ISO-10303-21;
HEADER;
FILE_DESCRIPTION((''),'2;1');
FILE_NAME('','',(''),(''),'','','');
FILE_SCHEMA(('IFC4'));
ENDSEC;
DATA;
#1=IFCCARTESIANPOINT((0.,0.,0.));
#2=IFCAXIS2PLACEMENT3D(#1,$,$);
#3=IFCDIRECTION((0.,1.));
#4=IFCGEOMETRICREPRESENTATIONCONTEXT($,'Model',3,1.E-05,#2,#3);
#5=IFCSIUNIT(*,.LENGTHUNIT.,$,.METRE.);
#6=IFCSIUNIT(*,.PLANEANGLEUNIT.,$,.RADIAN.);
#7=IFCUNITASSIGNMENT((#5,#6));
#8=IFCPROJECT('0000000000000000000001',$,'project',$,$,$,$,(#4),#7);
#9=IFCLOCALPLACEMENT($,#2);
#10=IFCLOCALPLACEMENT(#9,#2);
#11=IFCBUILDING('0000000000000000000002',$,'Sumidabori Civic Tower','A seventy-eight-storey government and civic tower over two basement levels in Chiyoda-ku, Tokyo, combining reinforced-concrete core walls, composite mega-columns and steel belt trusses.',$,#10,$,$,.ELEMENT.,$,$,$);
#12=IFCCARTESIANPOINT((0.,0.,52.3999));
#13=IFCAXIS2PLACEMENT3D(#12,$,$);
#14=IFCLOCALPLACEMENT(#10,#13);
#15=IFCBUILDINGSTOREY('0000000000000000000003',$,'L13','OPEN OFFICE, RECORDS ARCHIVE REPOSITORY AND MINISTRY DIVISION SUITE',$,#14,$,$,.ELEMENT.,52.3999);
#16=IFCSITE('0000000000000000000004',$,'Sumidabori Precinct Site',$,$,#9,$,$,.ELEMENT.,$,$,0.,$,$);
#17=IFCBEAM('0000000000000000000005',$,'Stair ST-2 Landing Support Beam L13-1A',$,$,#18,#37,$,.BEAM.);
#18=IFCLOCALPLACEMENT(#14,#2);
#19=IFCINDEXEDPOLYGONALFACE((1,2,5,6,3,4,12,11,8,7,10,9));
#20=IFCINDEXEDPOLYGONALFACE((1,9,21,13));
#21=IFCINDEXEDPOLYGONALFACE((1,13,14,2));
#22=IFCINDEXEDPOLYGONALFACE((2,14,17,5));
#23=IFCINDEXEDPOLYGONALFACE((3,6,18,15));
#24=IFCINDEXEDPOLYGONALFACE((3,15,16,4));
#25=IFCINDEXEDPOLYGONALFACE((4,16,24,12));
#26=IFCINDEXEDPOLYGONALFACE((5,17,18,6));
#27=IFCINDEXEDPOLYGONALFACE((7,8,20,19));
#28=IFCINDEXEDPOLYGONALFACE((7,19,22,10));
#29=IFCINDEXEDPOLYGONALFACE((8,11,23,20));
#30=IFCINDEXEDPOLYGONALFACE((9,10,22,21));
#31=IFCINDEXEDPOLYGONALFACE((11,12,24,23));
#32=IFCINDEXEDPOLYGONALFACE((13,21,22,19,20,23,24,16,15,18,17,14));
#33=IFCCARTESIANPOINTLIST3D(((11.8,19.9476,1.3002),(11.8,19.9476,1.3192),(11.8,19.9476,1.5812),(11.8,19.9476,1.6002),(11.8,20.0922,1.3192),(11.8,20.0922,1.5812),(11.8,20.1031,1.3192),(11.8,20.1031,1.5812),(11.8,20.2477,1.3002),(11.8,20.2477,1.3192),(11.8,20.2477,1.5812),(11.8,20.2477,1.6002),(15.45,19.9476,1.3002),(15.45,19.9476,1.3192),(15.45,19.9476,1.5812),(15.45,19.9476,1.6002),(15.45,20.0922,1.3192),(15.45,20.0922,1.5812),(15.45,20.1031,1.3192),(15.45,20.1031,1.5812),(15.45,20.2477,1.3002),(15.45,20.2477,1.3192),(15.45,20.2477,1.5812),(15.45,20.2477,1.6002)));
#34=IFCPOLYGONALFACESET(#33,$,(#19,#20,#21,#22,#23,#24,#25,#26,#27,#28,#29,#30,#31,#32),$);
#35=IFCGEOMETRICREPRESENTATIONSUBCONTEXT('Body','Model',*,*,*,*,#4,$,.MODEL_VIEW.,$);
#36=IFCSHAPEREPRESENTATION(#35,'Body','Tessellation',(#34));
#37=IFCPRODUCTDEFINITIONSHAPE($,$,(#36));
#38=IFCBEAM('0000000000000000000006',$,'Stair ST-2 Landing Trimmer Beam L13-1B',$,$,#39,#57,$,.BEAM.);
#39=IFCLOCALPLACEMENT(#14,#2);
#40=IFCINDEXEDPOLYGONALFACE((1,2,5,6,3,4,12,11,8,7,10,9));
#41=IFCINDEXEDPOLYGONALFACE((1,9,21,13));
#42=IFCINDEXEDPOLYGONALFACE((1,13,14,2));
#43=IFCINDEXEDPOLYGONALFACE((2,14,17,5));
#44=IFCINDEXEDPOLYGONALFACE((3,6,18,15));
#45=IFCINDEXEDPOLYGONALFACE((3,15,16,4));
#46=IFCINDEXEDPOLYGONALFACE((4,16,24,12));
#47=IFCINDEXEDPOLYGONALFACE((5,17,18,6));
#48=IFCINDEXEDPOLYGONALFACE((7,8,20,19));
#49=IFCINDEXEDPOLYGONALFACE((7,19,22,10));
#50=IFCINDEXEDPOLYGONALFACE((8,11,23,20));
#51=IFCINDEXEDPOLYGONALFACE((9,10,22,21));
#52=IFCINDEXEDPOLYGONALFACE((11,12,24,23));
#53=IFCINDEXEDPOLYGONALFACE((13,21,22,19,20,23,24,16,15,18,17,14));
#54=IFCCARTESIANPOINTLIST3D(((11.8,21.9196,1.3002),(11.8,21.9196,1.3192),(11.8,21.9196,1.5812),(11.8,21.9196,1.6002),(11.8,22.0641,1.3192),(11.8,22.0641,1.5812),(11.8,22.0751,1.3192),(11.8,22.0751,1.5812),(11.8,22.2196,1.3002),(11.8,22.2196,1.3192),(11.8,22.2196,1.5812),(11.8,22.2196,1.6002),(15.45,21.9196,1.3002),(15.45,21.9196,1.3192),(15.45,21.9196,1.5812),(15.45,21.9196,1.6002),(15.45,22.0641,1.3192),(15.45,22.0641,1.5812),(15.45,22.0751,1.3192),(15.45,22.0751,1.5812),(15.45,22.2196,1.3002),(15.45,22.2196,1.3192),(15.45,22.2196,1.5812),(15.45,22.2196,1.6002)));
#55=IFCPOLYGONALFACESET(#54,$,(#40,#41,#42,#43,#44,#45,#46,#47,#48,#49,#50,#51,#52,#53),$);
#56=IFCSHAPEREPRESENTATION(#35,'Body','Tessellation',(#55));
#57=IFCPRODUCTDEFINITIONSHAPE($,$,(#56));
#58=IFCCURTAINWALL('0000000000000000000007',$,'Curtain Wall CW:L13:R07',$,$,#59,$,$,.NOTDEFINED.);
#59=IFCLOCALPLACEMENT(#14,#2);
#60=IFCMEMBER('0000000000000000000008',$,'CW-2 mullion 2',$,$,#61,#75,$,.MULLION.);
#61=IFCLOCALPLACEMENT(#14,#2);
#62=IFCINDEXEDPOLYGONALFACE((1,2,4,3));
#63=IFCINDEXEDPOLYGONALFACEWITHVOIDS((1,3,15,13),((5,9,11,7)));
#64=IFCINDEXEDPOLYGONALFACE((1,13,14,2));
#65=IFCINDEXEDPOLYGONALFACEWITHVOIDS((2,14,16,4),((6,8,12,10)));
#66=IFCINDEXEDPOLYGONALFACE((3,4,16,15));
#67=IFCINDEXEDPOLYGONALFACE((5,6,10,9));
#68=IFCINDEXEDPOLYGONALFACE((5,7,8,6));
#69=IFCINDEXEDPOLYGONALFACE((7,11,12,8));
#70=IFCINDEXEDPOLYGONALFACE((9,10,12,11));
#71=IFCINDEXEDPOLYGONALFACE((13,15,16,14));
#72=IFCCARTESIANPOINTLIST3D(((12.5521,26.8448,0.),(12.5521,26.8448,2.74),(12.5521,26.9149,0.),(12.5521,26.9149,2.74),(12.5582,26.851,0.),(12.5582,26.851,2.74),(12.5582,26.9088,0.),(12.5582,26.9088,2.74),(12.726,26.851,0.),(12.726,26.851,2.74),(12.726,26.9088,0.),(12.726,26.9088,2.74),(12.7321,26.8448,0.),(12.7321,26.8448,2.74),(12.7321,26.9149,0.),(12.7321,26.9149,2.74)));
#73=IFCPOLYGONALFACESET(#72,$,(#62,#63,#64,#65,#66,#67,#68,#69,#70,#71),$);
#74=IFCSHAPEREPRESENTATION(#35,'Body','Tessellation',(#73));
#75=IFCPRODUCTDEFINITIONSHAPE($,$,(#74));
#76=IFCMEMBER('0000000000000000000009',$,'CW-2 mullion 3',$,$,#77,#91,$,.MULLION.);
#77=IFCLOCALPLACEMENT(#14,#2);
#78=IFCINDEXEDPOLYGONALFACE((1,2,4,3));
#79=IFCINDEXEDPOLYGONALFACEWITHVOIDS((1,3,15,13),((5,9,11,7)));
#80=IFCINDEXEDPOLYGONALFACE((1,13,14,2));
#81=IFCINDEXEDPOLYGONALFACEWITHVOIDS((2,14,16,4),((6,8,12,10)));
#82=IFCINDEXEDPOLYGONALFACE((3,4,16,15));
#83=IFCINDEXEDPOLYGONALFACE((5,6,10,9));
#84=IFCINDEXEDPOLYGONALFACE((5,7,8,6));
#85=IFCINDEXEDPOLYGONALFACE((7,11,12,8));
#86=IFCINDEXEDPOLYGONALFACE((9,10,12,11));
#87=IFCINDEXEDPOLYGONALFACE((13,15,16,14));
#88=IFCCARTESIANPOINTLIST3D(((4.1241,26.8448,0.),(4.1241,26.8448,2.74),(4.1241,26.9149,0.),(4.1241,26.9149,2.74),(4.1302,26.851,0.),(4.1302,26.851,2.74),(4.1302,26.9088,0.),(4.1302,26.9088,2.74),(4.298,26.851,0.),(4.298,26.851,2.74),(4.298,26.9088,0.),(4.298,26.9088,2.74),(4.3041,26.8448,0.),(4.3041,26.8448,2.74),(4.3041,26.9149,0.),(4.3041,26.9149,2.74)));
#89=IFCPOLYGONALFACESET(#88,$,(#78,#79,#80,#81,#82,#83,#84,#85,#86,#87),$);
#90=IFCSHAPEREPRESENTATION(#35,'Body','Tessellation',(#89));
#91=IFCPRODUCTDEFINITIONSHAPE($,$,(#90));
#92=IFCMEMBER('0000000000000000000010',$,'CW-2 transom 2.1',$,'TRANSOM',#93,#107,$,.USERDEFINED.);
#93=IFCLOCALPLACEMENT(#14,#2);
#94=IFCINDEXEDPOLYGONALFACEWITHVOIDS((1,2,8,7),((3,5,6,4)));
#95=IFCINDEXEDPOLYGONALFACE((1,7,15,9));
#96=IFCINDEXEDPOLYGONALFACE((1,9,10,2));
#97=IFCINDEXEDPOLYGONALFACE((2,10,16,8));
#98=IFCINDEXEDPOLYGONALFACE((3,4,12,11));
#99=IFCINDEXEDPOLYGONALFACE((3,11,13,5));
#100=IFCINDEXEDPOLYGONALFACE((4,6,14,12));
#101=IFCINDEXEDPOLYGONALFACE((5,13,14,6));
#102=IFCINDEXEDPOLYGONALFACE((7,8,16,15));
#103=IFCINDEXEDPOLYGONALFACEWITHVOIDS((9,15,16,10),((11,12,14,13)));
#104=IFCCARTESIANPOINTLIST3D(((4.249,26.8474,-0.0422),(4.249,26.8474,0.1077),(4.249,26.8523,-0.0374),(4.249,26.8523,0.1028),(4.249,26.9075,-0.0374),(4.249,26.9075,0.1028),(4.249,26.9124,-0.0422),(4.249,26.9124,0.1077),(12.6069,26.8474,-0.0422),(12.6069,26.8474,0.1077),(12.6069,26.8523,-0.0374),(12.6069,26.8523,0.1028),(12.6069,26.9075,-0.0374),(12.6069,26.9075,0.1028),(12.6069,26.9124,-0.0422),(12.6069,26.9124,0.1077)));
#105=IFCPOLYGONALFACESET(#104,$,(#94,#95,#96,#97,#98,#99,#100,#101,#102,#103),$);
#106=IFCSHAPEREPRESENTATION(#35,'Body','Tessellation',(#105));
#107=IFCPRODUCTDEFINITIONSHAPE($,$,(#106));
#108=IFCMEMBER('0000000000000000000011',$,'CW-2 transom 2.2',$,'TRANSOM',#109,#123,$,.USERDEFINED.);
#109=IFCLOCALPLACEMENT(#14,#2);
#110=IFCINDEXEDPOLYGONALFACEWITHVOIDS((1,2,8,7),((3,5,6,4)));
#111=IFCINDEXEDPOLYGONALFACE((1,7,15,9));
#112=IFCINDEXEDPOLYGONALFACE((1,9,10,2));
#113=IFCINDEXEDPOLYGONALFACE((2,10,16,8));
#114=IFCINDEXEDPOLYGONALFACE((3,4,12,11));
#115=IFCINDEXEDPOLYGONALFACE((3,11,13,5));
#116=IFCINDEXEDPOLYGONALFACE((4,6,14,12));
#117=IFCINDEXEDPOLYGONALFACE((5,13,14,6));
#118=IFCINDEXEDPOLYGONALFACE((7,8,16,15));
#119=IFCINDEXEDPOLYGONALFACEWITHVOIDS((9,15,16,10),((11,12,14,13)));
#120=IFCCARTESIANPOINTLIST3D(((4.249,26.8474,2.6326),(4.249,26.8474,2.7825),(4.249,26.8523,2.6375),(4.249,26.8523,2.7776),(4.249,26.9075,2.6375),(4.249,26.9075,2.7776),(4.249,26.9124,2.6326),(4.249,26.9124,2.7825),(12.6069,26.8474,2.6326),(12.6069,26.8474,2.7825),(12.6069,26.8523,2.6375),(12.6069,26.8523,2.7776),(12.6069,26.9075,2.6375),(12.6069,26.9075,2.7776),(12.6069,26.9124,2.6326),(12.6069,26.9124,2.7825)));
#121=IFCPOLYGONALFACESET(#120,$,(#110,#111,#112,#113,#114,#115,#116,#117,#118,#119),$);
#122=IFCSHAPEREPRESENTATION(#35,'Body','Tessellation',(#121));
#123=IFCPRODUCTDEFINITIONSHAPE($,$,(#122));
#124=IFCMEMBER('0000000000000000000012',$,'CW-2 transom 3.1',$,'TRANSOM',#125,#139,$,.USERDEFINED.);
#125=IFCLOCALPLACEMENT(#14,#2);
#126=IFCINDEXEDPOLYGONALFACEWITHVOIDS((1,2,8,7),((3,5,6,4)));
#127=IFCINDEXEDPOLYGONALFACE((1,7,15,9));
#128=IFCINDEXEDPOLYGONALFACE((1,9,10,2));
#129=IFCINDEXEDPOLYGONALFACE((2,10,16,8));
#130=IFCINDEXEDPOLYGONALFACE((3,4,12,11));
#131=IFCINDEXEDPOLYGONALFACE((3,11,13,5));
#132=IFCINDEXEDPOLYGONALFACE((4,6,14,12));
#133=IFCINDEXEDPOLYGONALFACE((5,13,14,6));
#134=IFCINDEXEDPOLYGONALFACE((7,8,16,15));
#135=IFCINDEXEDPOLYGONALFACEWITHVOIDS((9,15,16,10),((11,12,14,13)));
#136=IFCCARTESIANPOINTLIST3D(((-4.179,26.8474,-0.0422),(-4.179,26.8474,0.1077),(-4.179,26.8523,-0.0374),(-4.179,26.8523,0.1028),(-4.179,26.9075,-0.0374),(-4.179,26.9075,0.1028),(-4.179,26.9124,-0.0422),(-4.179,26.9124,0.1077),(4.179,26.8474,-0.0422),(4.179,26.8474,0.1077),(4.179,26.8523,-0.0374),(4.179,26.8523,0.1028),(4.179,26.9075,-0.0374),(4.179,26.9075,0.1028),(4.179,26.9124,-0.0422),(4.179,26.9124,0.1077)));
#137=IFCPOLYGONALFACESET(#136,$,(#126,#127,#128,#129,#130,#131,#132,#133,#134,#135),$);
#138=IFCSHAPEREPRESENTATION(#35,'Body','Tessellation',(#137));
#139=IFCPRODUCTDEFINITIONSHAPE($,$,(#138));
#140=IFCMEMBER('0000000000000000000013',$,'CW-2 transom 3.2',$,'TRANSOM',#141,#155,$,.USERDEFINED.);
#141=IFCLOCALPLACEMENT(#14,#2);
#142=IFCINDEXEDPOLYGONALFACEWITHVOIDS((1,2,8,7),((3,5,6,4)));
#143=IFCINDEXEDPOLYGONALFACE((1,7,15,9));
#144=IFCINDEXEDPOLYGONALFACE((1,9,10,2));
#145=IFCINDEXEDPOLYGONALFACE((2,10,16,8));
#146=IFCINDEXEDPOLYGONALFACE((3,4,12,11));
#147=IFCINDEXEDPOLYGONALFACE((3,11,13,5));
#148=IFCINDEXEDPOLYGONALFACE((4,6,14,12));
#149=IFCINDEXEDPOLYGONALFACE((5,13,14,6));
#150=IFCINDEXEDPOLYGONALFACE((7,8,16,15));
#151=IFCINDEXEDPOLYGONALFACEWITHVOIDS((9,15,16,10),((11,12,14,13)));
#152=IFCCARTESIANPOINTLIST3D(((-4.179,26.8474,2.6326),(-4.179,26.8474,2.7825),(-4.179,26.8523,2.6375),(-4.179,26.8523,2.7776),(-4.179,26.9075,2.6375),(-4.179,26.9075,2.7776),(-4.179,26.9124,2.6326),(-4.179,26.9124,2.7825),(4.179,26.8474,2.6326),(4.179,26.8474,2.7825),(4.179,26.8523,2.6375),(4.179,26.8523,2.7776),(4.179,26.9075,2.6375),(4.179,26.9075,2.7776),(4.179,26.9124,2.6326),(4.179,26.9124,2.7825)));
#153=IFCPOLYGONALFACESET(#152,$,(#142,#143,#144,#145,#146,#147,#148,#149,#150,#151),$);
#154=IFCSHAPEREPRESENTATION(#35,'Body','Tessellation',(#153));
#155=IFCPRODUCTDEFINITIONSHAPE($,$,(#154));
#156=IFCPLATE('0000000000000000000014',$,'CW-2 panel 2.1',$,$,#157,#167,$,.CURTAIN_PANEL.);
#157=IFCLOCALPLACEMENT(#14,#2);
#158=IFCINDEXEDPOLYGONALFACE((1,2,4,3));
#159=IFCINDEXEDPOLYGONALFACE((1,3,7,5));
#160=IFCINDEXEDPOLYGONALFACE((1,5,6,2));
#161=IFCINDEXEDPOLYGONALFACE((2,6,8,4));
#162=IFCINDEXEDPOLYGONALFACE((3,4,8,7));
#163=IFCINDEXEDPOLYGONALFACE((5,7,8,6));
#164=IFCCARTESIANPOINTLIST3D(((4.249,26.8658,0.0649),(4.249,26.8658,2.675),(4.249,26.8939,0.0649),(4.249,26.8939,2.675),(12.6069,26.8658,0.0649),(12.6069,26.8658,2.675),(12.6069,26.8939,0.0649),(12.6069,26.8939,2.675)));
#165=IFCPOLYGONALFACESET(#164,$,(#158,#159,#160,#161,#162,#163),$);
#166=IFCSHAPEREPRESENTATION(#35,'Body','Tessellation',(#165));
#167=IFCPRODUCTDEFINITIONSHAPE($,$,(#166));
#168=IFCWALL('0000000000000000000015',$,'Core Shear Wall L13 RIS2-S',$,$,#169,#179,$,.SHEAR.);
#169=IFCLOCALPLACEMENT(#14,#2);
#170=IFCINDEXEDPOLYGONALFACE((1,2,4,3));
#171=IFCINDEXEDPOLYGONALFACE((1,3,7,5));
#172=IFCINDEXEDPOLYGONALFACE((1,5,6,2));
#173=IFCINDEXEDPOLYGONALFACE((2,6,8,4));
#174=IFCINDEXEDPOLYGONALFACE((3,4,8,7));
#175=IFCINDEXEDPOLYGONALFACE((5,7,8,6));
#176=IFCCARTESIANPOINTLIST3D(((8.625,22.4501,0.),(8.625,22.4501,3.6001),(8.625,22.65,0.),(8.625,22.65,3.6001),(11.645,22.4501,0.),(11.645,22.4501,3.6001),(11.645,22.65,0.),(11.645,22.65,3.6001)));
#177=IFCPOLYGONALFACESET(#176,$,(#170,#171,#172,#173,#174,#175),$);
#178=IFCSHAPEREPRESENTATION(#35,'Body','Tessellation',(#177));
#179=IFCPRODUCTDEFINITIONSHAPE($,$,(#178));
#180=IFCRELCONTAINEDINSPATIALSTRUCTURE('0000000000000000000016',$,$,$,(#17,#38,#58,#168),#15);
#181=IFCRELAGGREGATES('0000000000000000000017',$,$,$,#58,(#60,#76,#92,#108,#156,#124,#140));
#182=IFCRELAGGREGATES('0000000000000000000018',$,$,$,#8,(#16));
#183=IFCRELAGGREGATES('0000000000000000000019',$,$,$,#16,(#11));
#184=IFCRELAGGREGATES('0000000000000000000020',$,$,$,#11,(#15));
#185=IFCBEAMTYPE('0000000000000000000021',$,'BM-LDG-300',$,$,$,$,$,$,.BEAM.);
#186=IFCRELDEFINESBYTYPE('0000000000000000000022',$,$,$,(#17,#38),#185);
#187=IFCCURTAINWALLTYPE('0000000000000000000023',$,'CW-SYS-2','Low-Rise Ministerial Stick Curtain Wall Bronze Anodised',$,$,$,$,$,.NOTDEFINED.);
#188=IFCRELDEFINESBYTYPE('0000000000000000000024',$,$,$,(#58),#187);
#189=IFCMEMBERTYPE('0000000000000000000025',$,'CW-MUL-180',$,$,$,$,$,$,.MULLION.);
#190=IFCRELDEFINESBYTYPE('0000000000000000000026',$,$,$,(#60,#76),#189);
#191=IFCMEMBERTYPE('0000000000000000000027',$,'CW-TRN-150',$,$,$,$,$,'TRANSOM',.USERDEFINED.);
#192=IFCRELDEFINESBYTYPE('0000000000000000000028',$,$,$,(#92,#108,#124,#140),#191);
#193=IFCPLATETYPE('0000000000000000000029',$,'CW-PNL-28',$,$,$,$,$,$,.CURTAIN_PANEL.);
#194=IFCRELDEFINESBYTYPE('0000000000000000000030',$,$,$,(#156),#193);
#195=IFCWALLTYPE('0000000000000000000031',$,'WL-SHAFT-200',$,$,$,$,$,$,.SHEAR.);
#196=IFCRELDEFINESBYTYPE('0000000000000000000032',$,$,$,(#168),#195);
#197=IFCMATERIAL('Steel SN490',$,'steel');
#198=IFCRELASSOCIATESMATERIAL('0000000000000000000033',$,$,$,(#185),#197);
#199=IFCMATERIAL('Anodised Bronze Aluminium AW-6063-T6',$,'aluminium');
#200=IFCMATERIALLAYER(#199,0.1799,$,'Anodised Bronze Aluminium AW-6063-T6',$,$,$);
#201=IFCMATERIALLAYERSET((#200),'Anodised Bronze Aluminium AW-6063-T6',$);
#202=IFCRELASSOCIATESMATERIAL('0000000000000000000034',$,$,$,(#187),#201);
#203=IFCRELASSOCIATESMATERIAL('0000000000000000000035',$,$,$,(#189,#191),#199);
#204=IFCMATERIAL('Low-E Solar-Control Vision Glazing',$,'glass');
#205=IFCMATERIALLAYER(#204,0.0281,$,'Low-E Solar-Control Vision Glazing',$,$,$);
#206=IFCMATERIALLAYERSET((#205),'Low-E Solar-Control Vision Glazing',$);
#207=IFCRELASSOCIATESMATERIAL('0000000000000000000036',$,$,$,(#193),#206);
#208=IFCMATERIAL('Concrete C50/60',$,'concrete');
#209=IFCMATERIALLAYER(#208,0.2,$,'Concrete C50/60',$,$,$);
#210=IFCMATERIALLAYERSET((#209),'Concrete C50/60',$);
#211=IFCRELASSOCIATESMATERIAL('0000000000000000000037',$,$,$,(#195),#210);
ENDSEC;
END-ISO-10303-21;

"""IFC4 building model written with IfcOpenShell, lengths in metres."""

from ifc_helpers import new_model, si_unit, direction, frame, frame_2d, origin, origin_2d, place, context, subcontext, project, spatial, rectangle, hollow_rectangle, i_section, extrude, source, transform, mapped, material, layer, layer_set, material_profile, profile_set, type_object, element, aggregate, save


model = new_model("IFC4")

# Units and contexts
model_context = context("Model", 3, precision=1e-05, world=origin(), true_north=direction((0.0, 1.0)))
body_context = subcontext(model_context, "Body", "Model", "MODEL_VIEW")
ifc_project = project(units=[si_unit("LENGTHUNIT", "METRE"), si_unit("PLANEANGLEUNIT", "RADIAN")], contexts=[model_context])

# Site, building, storey
site_placement = place(None, origin())
site = spatial("IfcSite", under=ifc_project, at=site_placement, Name="Sumidabori Precinct Site", CompositionType="ELEMENT", RefElevation=0.0)
building_placement = place(site_placement, origin())
building = spatial("IfcBuilding", under=site, at=building_placement, Name="Sumidabori Civic Tower", Description="A seventy-eight-storey government and civic tower over two basement levels in Chiyoda-ku, Tokyo, combining reinforced-concrete core walls, composite mega-columns and steel belt trusses.", CompositionType="ELEMENT")
storey_placement = place(building_placement, frame((0.0, 0.0, 52.3999)))
storey = spatial("IfcBuildingStorey", under=building, at=storey_placement, Name="L13", Description="OPEN OFFICE, RECORDS ARCHIVE REPOSITORY AND MINISTRY DIVISION SUITE", CompositionType="ELEMENT", Elevation=52.3999)

# Beams
ifc_material_1 = material(Name="Steel SN490", Category="steel")
ifc_material_profile_1 = material_profile(ifc_material_1, i_section(OverallWidth=0.3, OverallDepth=0.3, WebThickness=0.011, FlangeThickness=0.019, at=origin_2d()), Name="HE 300 B")
ifc_profile_set_1 = profile_set([ifc_material_profile_1], Name="Steel SN490")
beam_type = type_object("IfcBeamType", Name="BM-LDG-300", PredefinedType="BEAM", material=ifc_profile_set_1)
shared_shape_1 = source(origin(), body_context, "Body", "SweptSolid", [
    extrude(i_section(OverallWidth=0.3, OverallDepth=0.3, WebThickness=0.011, FlangeThickness=0.019, at=origin_2d()), origin(), (0.0, 0.0, 1.0), 3.6499),
])
for number, where, z_axis, x_axis, name in (
    (1, (11.8, 20.0977, 1.4502), (1.0, 0.0, 0.0), (0.0, 1.0, 0.0), "Stair ST-2 Landing Support Beam L13-1A"),
    (2, (11.8, 22.0696, 1.4502), (1.0, 0.0, 0.0), (0.0, 1.0, 0.0), "Stair ST-2 Landing Trimmer Beam L13-1B"),
):
    element("IfcBeam", number, at=place(storey_placement, frame(where, z_axis=z_axis, x_axis=x_axis)), inside=storey, type_object=beam_type, Name=name, PredefinedType="BEAM", context=body_context, shape_type="MappedRepresentation", body=[
        mapped(shared_shape_1, transform((0.0, 0.0, 0.0), x_axis=(1.0, 0.0, 0.0), y_axis=(0.0, 1.0, 0.0), z_axis=(0.0, 0.0, 1.0), scale=1.0)),
    ])

# Curtain wall, members, plate
ifc_material_2 = material(Name="Anodised Bronze Aluminium AW-6063-T6", Category="aluminium")
ifc_layer_1 = layer(ifc_material_2, 0.1799, Name="Anodised Bronze Aluminium AW-6063-T6")
ifc_layer_set_1 = layer_set([ifc_layer_1], Name="Anodised Bronze Aluminium AW-6063-T6")
curtain_wall_type = type_object("IfcCurtainWallType", Name="CW-SYS-2", Description="Low-Rise Ministerial Stick Curtain Wall Bronze Anodised", PredefinedType="NOTDEFINED", material=ifc_layer_set_1)
curtain_wall_placement = place(storey_placement, origin())
curtain_wall = element("IfcCurtainWall", 3, at=curtain_wall_placement, inside=storey, type_object=curtain_wall_type, Name="Curtain Wall CW:L13:R07", PredefinedType="NOTDEFINED")
ifc_material_profile_2 = material_profile(ifc_material_2, hollow_rectangle(XDim=0.0701, YDim=0.1799, WallThickness=0.0061, at=origin_2d()), Name="ALU MULLION 180x70")
ifc_profile_set_2 = profile_set([ifc_material_profile_2], Name="Anodised Bronze Aluminium AW-6063-T6")
member_type_1 = type_object("IfcMemberType", Name="CW-MUL-180", PredefinedType="MULLION", material=ifc_profile_set_2)
shared_shape_2 = source(origin(), body_context, "Body", "SweptSolid", [
    extrude(hollow_rectangle(XDim=0.0701, YDim=0.1799, WallThickness=0.0061, at=origin_2d()), origin(), (0.0, 0.0, 1.0), 2.74),
])
member_1_placement = place(storey_placement, frame((12.6421, 26.8799, 0.0), z_axis=(0.0, 0.0, 1.0), x_axis=(0.0, -1.0, 0.0)))
member_1 = element("IfcMember", 4, at=member_1_placement, type_object=member_type_1, Name="CW-2 mullion 2", PredefinedType="MULLION", context=body_context, shape_type="MappedRepresentation", body=[
    mapped(shared_shape_2, transform((0.0, 0.0, 0.0), x_axis=(1.0, 0.0, 0.0), y_axis=(0.0, 1.0, 0.0), z_axis=(0.0, 0.0, 1.0), scale=1.0)),
])
member_2_placement = place(storey_placement, frame((4.2141, 26.8799, 0.0), z_axis=(0.0, 0.0, 1.0), x_axis=(0.0, -1.0, 0.0)))
member_2 = element("IfcMember", 5, at=member_2_placement, type_object=member_type_1, Name="CW-2 mullion 3", PredefinedType="MULLION", context=body_context, shape_type="MappedRepresentation", body=[
    mapped(shared_shape_2, transform((0.0, 0.0, 0.0), x_axis=(1.0, 0.0, 0.0), y_axis=(0.0, 1.0, 0.0), z_axis=(0.0, 0.0, 1.0), scale=1.0)),
])
ifc_material_profile_3 = material_profile(ifc_material_2, hollow_rectangle(XDim=0.0649, YDim=0.1499, WallThickness=0.0049, at=origin_2d()), Name="ALU TRANSOM 150x65")
ifc_profile_set_3 = profile_set([ifc_material_profile_3], Name="Anodised Bronze Aluminium AW-6063-T6")
member_type_2 = type_object("IfcMemberType", Name="CW-TRN-150", ElementType="TRANSOM", PredefinedType="USERDEFINED", material=ifc_profile_set_3)
shared_shape_3 = source(origin(), body_context, "Body", "SweptSolid", [
    extrude(hollow_rectangle(XDim=0.0649, YDim=0.1499, WallThickness=0.0049, at=origin_2d()), origin(), (0.0, 0.0, 1.0), 8.3579),
])
member_3_placement = place(storey_placement, frame((12.6069, 26.8799, 0.0327), z_axis=(-1.0, 0.0, 0.0), x_axis=(0.0, -1.0, 0.0)))
member_3 = element("IfcMember", 6, at=member_3_placement, type_object=member_type_2, Name="CW-2 transom 2.1", ObjectType="TRANSOM", PredefinedType="USERDEFINED", context=body_context, shape_type="MappedRepresentation", body=[
    mapped(shared_shape_3, transform((0.0, 0.0, 0.0), x_axis=(1.0, 0.0, 0.0), y_axis=(0.0, 1.0, 0.0), z_axis=(0.0, 0.0, 1.0), scale=1.0)),
])
member_4_placement = place(storey_placement, frame((12.6069, 26.8799, 2.7075), z_axis=(-1.0, 0.0, 0.0), x_axis=(0.0, -1.0, 0.0)))
member_4 = element("IfcMember", 7, at=member_4_placement, type_object=member_type_2, Name="CW-2 transom 2.2", ObjectType="TRANSOM", PredefinedType="USERDEFINED", context=body_context, shape_type="MappedRepresentation", body=[
    mapped(shared_shape_3, transform((0.0, 0.0, 0.0), x_axis=(1.0, 0.0, 0.0), y_axis=(0.0, 1.0, 0.0), z_axis=(0.0, 0.0, 1.0), scale=1.0)),
])
member_5_placement = place(storey_placement, frame((4.179, 26.8799, 0.0327), z_axis=(-1.0, 0.0, 0.0), x_axis=(0.0, -1.0, 0.0)))
member_5 = element("IfcMember", 8, at=member_5_placement, type_object=member_type_2, Name="CW-2 transom 3.1", ObjectType="TRANSOM", PredefinedType="USERDEFINED", context=body_context, shape_type="MappedRepresentation", body=[
    mapped(shared_shape_3, transform((0.0, 0.0, 0.0), x_axis=(1.0, 0.0, 0.0), y_axis=(0.0, 1.0, 0.0), z_axis=(0.0, 0.0, 1.0), scale=1.0)),
])
member_6_placement = place(storey_placement, frame((4.179, 26.8799, 2.7075), z_axis=(-1.0, 0.0, 0.0), x_axis=(0.0, -1.0, 0.0)))
member_6 = element("IfcMember", 9, at=member_6_placement, type_object=member_type_2, Name="CW-2 transom 3.2", ObjectType="TRANSOM", PredefinedType="USERDEFINED", context=body_context, shape_type="MappedRepresentation", body=[
    mapped(shared_shape_3, transform((0.0, 0.0, 0.0), x_axis=(1.0, 0.0, 0.0), y_axis=(0.0, 1.0, 0.0), z_axis=(0.0, 0.0, 1.0), scale=1.0)),
])
ifc_material_3 = material(Name="Low-E Solar-Control Vision Glazing", Category="glass")
ifc_layer_2 = layer(ifc_material_3, 0.0281, Name="Low-E Solar-Control Vision Glazing")
ifc_layer_set_2 = layer_set([ifc_layer_2], Name="Low-E Solar-Control Vision Glazing")
plate_type = type_object("IfcPlateType", Name="CW-PNL-28", PredefinedType="CURTAIN_PANEL", material=ifc_layer_set_2)
shared_shape_4 = source(origin(), body_context, "Body", "SweptSolid", [
    extrude(rectangle(XDim=8.3579, YDim=0.0281, at=origin_2d()), origin(), (0.0, 0.0, 1.0), 2.6101),
])
plate_placement = place(storey_placement, frame((8.428, 26.8799, 0.0649), z_axis=(0.0, 0.0, 1.0), x_axis=(-1.0, 0.0, 0.0)))
plate = element("IfcPlate", 10, at=plate_placement, type_object=plate_type, Name="CW-2 panel 2.1", PredefinedType="CURTAIN_PANEL", context=body_context, shape_type="MappedRepresentation", body=[
    mapped(shared_shape_4, transform((0.0, 0.0, 0.0), x_axis=(1.0, 0.0, 0.0), y_axis=(0.0, 1.0, 0.0), z_axis=(0.0, 0.0, 1.0), scale=1.0)),
])
aggregate(curtain_wall, [member_1, member_2, member_3, member_4, plate, member_5, member_6])

# Wall
ifc_material_4 = material(Name="Concrete C50/60", Category="concrete")
ifc_layer_3 = layer(ifc_material_4, 0.2, Name="Concrete C50/60")
ifc_layer_set_3 = layer_set([ifc_layer_3], Name="Concrete C50/60")
wall_type_1 = type_object("IfcWallType", Name="WL-SHAFT-200", PredefinedType="SHEAR", material=ifc_layer_set_3)
shared_shape_5 = source(origin(), body_context, "Body", "SweptSolid", [
    extrude(rectangle(XDim=3.02, YDim=0.2, at=frame_2d((1.51, 0.0))), origin(), (0.0, 0.0, 1.0), 3.6001),
])
wall_1_placement = place(storey_placement, frame((8.625, 22.55, 0.0), z_axis=(0.0, 0.0, 1.0), x_axis=(1.0, 0.0, 0.0)))
element("IfcWall", 11, at=wall_1_placement, inside=storey, type_object=wall_type_1, Name="Core Shear Wall L13 RIS2-S", PredefinedType="SHEAR", context=body_context, shape_type="MappedRepresentation", body=[
    mapped(shared_shape_5, transform((0.0, 0.0, 0.0), x_axis=(1.0, 0.0, 0.0), y_axis=(0.0, 1.0, 0.0), z_axis=(0.0, 0.0, 1.0), scale=1.0)),
])

save(model, "model.ifc")
